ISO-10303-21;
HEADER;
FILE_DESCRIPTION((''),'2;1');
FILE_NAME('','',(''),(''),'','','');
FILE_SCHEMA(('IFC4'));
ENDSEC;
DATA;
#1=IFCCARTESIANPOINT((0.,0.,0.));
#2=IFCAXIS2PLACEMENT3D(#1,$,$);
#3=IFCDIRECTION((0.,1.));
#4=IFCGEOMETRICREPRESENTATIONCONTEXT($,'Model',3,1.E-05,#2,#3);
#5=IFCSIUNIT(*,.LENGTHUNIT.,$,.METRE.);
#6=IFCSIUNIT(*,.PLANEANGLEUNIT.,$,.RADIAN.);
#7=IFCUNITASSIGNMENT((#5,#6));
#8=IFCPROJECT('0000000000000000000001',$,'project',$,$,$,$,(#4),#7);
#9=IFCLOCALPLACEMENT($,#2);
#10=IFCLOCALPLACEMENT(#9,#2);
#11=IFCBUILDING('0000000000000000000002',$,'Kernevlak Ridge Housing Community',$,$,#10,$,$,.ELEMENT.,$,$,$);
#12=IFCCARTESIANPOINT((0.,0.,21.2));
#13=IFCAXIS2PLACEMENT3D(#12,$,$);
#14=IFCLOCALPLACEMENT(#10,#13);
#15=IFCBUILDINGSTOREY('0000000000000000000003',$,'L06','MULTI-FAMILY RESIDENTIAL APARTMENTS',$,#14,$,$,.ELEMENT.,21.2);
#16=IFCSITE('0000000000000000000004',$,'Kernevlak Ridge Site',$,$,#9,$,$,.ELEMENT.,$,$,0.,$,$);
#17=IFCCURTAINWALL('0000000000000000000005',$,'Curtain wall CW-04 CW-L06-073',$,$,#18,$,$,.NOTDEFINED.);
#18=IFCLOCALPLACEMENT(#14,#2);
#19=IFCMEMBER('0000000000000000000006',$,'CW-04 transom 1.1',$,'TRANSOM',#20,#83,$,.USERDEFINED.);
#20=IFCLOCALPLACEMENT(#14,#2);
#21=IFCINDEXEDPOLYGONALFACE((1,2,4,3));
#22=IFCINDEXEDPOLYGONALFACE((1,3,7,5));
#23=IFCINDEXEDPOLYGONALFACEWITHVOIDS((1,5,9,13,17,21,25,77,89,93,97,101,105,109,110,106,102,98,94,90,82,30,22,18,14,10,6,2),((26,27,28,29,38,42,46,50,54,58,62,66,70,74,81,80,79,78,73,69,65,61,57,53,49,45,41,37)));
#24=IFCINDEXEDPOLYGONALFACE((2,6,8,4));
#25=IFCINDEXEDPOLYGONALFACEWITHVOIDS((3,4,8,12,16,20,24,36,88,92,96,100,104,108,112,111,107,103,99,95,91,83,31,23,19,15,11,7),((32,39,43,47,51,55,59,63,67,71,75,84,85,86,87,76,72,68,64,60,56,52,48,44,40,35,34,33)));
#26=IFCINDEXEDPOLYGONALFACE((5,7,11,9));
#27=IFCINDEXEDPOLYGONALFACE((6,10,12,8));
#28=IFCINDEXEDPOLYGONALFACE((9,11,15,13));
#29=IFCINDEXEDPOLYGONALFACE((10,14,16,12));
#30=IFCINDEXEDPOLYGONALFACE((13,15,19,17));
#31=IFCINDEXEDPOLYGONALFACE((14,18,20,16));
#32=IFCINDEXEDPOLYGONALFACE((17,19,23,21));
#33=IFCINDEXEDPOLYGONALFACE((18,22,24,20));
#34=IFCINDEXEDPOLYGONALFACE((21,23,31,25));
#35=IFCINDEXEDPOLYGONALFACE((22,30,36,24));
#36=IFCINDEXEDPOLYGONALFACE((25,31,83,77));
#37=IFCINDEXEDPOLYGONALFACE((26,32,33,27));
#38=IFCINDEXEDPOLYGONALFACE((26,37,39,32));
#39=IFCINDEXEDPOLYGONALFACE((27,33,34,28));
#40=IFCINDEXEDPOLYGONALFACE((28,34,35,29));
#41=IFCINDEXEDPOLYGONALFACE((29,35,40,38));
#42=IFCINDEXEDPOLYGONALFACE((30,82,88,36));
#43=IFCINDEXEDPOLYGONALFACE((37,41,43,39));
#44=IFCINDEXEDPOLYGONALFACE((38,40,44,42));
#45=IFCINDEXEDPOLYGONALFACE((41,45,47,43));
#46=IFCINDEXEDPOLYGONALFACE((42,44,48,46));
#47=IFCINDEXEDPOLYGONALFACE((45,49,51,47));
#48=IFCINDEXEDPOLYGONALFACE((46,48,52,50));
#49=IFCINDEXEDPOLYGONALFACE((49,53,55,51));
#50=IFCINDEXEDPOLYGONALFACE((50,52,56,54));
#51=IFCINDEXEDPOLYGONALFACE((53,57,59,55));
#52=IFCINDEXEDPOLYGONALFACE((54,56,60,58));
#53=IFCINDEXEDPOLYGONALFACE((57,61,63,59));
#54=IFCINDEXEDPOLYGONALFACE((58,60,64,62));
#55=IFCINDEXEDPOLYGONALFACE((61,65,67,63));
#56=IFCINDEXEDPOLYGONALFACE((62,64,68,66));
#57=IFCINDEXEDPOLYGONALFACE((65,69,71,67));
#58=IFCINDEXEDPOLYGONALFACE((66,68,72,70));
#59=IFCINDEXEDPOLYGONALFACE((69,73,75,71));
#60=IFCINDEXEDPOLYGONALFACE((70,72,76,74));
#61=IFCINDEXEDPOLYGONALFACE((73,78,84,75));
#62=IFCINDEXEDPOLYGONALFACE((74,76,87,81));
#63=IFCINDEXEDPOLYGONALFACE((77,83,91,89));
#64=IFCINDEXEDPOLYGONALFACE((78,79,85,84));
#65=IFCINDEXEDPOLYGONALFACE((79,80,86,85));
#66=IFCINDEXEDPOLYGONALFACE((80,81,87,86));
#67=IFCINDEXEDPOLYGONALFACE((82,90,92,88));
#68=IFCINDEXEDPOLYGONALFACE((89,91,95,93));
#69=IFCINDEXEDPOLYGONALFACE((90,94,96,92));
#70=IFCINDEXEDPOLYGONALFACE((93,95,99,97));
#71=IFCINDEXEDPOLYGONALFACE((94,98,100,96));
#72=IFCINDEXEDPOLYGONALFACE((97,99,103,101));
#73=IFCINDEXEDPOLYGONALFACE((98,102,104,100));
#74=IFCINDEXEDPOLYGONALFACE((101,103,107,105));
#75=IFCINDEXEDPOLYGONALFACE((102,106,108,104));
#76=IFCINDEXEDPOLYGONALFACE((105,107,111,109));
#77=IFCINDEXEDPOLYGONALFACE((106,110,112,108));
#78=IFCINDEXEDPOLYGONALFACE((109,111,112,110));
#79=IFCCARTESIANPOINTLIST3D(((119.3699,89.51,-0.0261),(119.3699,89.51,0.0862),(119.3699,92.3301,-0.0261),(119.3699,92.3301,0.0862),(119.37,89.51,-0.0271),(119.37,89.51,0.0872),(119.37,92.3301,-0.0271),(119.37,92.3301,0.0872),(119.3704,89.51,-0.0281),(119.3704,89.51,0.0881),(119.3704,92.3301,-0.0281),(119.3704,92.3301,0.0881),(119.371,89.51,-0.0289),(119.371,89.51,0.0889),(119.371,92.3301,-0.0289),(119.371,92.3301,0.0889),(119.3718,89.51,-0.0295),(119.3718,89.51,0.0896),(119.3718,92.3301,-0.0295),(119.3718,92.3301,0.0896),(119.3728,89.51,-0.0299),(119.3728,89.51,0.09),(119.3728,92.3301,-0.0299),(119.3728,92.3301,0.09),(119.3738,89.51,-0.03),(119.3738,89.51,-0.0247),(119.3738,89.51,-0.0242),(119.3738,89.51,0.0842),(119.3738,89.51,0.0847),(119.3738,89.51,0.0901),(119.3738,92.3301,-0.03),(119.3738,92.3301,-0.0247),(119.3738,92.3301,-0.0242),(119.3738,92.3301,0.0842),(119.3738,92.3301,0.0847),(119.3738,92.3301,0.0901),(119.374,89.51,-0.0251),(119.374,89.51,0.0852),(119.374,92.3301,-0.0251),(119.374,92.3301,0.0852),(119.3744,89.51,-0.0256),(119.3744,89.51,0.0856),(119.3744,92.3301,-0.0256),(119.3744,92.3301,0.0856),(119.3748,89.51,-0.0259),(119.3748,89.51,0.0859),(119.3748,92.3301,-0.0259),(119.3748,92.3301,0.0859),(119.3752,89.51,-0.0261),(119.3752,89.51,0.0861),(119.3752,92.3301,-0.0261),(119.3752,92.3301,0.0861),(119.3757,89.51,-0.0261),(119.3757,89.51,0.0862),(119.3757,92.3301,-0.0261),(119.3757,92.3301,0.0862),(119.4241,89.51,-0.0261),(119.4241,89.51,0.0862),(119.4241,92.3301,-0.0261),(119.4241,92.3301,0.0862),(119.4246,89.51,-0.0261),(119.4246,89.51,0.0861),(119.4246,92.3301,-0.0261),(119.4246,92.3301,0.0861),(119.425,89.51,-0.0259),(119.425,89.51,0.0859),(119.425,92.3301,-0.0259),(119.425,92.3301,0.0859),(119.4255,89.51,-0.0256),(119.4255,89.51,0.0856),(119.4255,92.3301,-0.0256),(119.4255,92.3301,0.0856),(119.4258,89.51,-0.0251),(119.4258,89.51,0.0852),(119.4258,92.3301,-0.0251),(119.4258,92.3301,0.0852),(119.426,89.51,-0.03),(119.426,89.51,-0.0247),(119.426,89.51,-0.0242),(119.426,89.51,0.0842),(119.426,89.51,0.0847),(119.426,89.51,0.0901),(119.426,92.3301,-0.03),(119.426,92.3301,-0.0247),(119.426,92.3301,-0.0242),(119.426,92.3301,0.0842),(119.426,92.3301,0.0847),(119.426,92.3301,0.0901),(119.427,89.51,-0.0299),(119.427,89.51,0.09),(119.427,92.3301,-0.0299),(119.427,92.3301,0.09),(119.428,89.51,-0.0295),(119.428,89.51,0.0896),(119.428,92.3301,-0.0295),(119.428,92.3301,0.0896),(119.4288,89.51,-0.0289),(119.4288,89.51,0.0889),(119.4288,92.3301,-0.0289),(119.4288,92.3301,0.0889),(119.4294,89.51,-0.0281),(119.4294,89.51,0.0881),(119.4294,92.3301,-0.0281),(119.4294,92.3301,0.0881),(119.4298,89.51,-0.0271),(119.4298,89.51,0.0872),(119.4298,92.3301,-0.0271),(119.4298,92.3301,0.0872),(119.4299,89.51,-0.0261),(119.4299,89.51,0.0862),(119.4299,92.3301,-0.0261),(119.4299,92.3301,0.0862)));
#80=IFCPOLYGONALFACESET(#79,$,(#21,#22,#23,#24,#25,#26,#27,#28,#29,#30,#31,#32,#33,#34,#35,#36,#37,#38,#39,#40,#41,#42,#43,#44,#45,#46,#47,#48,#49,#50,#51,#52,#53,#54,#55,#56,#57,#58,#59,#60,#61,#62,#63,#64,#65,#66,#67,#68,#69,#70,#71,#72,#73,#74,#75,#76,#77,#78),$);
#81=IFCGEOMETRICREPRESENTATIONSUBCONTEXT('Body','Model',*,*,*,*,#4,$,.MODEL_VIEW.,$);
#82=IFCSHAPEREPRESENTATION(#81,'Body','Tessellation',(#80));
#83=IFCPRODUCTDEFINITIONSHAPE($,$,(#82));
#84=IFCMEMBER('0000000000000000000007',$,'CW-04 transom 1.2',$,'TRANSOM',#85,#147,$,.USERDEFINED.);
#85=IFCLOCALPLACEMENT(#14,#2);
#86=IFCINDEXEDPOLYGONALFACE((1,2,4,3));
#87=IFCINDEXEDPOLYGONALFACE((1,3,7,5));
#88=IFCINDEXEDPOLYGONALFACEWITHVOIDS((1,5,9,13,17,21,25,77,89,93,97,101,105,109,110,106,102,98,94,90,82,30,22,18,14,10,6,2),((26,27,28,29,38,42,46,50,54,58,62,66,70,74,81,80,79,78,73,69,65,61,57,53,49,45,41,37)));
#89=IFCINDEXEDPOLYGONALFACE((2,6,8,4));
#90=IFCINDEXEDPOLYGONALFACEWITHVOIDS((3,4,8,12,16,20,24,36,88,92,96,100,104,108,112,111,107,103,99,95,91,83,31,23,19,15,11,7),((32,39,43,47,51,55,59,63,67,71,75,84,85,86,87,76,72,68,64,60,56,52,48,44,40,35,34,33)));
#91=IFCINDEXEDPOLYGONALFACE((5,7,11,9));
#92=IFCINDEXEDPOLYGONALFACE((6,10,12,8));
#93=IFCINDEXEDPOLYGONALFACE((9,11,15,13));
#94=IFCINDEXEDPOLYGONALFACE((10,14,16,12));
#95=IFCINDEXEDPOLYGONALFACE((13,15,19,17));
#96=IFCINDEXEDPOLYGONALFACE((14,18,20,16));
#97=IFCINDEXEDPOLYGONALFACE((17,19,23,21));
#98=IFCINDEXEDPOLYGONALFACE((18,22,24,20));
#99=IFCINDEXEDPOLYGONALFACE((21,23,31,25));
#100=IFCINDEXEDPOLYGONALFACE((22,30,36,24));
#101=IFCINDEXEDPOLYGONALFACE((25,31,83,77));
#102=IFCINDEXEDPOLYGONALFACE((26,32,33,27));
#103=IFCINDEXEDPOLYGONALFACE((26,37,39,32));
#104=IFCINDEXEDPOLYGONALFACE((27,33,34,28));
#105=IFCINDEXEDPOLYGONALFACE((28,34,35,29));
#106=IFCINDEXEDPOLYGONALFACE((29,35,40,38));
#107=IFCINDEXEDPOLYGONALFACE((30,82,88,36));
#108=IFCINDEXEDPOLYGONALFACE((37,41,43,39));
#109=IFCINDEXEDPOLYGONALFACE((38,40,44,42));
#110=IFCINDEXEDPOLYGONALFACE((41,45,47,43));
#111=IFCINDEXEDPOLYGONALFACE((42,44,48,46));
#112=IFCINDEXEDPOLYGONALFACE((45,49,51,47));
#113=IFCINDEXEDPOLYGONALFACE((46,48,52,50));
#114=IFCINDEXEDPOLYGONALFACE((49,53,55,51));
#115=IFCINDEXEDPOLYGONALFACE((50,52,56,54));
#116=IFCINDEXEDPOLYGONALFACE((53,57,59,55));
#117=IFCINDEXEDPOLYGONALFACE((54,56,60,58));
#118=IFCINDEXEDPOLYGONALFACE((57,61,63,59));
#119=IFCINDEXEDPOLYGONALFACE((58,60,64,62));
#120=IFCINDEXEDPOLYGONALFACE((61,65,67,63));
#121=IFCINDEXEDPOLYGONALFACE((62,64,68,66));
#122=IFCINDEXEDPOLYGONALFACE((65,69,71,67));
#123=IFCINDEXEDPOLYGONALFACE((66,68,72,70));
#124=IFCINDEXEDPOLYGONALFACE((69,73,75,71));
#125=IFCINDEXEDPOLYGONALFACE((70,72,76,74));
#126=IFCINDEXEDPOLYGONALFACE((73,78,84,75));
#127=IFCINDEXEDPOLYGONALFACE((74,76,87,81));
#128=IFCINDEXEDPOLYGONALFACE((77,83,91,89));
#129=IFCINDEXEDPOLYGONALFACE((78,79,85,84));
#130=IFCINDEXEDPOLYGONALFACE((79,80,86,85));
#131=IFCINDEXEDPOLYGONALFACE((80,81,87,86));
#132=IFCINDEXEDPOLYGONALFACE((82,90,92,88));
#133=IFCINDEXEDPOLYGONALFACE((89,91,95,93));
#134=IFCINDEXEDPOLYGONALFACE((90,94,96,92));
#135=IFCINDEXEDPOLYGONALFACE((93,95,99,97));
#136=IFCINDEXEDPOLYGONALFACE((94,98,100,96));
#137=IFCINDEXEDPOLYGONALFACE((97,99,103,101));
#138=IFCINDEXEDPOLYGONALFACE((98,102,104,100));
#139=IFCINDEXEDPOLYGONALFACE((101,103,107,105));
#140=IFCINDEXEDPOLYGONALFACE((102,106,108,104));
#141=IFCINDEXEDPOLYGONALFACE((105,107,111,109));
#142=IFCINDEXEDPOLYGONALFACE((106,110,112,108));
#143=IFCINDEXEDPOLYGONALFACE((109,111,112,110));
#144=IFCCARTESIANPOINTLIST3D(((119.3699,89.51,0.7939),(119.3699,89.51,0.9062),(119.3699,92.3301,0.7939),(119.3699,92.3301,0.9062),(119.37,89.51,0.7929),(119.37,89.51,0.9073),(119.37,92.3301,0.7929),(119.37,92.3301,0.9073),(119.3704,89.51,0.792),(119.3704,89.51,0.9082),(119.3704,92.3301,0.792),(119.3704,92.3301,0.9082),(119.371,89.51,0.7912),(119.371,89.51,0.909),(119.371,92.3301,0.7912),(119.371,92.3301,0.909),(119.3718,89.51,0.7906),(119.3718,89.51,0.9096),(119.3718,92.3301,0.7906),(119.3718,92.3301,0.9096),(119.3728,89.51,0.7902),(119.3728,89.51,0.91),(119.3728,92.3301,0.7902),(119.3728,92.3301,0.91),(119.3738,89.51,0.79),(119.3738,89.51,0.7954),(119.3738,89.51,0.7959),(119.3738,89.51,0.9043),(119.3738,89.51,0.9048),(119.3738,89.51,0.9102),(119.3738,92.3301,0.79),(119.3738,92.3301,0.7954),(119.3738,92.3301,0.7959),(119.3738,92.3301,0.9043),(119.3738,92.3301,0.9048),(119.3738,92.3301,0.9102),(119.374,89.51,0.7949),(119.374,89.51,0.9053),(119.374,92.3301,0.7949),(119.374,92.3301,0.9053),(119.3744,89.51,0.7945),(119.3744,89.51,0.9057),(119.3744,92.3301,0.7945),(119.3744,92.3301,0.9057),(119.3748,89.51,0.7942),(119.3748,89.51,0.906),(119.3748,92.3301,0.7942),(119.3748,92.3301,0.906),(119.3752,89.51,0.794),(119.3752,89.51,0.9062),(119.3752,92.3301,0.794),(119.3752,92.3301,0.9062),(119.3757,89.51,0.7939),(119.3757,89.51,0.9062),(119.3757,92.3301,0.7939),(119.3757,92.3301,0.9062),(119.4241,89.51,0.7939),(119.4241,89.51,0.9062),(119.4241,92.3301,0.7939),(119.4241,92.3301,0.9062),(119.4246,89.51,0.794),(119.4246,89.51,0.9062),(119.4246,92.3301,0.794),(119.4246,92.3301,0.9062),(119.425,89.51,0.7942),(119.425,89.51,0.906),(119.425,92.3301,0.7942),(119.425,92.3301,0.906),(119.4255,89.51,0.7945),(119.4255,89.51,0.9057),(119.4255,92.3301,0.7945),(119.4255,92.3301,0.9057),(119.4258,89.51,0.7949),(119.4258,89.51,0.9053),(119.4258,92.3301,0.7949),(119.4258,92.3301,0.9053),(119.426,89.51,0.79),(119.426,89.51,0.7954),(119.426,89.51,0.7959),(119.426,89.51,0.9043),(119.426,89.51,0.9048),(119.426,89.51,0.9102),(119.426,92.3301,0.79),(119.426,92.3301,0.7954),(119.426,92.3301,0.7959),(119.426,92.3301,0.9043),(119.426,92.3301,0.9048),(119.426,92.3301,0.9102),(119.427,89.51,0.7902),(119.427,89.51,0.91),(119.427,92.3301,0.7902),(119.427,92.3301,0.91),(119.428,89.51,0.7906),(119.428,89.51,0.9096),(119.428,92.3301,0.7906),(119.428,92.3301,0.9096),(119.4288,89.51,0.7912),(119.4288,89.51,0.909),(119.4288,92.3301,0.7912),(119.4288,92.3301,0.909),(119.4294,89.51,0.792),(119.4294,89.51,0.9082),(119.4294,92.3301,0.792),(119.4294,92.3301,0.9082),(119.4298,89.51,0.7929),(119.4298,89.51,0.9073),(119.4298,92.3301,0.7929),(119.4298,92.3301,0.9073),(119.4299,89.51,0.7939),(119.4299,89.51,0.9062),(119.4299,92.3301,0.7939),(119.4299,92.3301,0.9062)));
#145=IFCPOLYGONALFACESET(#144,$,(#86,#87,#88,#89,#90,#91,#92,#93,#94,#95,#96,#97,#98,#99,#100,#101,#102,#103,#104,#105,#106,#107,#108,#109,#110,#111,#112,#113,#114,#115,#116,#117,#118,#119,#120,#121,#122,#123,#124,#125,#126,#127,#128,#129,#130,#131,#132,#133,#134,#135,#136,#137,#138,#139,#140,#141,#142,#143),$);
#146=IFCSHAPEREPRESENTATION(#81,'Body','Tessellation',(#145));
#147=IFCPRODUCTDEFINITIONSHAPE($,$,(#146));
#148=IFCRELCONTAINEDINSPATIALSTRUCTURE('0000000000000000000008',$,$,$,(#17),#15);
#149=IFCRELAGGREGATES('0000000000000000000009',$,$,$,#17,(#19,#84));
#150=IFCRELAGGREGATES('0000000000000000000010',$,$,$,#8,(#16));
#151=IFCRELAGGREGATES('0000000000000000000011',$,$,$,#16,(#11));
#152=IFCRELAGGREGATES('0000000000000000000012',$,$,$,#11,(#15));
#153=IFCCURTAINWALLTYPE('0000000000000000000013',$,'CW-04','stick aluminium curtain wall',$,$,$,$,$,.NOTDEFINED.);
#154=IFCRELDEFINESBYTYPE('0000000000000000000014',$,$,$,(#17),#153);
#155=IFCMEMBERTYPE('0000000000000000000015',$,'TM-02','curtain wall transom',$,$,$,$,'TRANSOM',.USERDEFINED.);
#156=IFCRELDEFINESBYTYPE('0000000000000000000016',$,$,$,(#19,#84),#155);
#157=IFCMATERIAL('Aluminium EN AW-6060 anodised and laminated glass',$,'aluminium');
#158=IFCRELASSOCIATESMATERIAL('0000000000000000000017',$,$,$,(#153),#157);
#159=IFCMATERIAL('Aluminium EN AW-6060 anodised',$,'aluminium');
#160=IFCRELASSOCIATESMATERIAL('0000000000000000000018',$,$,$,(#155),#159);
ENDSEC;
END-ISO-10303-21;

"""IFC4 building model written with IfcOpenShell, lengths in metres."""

from ifc_helpers import new_model, si_unit, direction, frame, origin, origin_2d, place, context, subcontext, project, spatial, hollow_rectangle, extrude, material, material_profile, profile_set, type_object, element, aggregate, save


model = new_model("IFC4")

# Units and contexts
model_context = context("Model", 3, precision=1e-05, world=origin(), true_north=direction((0.0, 1.0)))
body_context = subcontext(model_context, "Body", "Model", "MODEL_VIEW")
ifc_project = project(units=[si_unit("LENGTHUNIT", "METRE"), si_unit("PLANEANGLEUNIT", "RADIAN")], contexts=[model_context])

# Site, building, storey
site_placement = place(None, origin())
site = spatial("IfcSite", under=ifc_project, at=site_placement, Name="Kernevlak Ridge Site", CompositionType="ELEMENT", RefElevation=0.0)
building_placement = place(site_placement, origin())
building = spatial("IfcBuilding", under=site, at=building_placement, Name="Kernevlak Ridge Housing Community", CompositionType="ELEMENT")
storey_placement = place(building_placement, frame((0.0, 0.0, 21.2)))
storey = spatial("IfcBuildingStorey", under=building, at=storey_placement, Name="L06", Description="MULTI-FAMILY RESIDENTIAL APARTMENTS", CompositionType="ELEMENT", Elevation=21.2)

# Curtain wall
ifc_material_1 = material(Name="Aluminium EN AW-6060 anodised and laminated glass", Category="aluminium")
curtain_wall_type_1 = type_object("IfcCurtainWallType", Name="CW-04", Description="stick aluminium curtain wall", PredefinedType="NOTDEFINED", material=ifc_material_1)
curtain_wall_1_placement = place(storey_placement, origin())
curtain_wall_1 = element("IfcCurtainWall", 1, at=curtain_wall_1_placement, inside=storey, type_object=curtain_wall_type_1, Name="Curtain wall CW-04 CW-L06-073", PredefinedType="NOTDEFINED")
ifc_material_2 = material(Name="Aluminium EN AW-6060 anodised", Category="aluminium")

# Members
ifc_material_profile_1 = material_profile(ifc_material_2, hollow_rectangle(XDim=0.0601, YDim=0.1201, WallThickness=0.0039, InnerFilletRadius=0.002, OuterFilletRadius=0.0039, at=origin_2d()), Name="ALU 60x120x4")
ifc_profile_set_1 = profile_set([ifc_material_profile_1], Name="Aluminium EN AW-6060 anodised")
member_type_1 = type_object("IfcMemberType", Name="TM-02", Description="curtain wall transom", ElementType="TRANSOM", PredefinedType="USERDEFINED", material=ifc_profile_set_1)
member_1_placement = place(storey_placement, frame((119.3999, 89.51, 0.03), z_axis=(0.0, 1.0, 0.0), x_axis=(-1.0, 0.0, 0.0)))
member_1 = element("IfcMember", 2, at=member_1_placement, type_object=member_type_1, Name="CW-04 transom 1.1", ObjectType="TRANSOM", PredefinedType="USERDEFINED", context=body_context, shape_type="SweptSolid", body=[
    extrude(hollow_rectangle(XDim=0.0601, YDim=0.1201, WallThickness=0.0039, InnerFilletRadius=0.002, OuterFilletRadius=0.0039, at=origin_2d()), origin(), (0.0, 0.0, 1.0), 2.8201),
])
member_2_placement = place(storey_placement, frame((119.3999, 89.51, 0.8501), z_axis=(0.0, 1.0, 0.0), x_axis=(-1.0, 0.0, 0.0)))
member_2 = element("IfcMember", 3, at=member_2_placement, type_object=member_type_1, Name="CW-04 transom 1.2", ObjectType="TRANSOM", PredefinedType="USERDEFINED", context=body_context, shape_type="SweptSolid", body=[
    extrude(hollow_rectangle(XDim=0.0601, YDim=0.1201, WallThickness=0.0039, InnerFilletRadius=0.002, OuterFilletRadius=0.0039, at=origin_2d()), origin(), (0.0, 0.0, 1.0), 2.8201),
])

aggregate(curtain_wall_1, [member_1, member_2])

save(model, "model.ifc")
